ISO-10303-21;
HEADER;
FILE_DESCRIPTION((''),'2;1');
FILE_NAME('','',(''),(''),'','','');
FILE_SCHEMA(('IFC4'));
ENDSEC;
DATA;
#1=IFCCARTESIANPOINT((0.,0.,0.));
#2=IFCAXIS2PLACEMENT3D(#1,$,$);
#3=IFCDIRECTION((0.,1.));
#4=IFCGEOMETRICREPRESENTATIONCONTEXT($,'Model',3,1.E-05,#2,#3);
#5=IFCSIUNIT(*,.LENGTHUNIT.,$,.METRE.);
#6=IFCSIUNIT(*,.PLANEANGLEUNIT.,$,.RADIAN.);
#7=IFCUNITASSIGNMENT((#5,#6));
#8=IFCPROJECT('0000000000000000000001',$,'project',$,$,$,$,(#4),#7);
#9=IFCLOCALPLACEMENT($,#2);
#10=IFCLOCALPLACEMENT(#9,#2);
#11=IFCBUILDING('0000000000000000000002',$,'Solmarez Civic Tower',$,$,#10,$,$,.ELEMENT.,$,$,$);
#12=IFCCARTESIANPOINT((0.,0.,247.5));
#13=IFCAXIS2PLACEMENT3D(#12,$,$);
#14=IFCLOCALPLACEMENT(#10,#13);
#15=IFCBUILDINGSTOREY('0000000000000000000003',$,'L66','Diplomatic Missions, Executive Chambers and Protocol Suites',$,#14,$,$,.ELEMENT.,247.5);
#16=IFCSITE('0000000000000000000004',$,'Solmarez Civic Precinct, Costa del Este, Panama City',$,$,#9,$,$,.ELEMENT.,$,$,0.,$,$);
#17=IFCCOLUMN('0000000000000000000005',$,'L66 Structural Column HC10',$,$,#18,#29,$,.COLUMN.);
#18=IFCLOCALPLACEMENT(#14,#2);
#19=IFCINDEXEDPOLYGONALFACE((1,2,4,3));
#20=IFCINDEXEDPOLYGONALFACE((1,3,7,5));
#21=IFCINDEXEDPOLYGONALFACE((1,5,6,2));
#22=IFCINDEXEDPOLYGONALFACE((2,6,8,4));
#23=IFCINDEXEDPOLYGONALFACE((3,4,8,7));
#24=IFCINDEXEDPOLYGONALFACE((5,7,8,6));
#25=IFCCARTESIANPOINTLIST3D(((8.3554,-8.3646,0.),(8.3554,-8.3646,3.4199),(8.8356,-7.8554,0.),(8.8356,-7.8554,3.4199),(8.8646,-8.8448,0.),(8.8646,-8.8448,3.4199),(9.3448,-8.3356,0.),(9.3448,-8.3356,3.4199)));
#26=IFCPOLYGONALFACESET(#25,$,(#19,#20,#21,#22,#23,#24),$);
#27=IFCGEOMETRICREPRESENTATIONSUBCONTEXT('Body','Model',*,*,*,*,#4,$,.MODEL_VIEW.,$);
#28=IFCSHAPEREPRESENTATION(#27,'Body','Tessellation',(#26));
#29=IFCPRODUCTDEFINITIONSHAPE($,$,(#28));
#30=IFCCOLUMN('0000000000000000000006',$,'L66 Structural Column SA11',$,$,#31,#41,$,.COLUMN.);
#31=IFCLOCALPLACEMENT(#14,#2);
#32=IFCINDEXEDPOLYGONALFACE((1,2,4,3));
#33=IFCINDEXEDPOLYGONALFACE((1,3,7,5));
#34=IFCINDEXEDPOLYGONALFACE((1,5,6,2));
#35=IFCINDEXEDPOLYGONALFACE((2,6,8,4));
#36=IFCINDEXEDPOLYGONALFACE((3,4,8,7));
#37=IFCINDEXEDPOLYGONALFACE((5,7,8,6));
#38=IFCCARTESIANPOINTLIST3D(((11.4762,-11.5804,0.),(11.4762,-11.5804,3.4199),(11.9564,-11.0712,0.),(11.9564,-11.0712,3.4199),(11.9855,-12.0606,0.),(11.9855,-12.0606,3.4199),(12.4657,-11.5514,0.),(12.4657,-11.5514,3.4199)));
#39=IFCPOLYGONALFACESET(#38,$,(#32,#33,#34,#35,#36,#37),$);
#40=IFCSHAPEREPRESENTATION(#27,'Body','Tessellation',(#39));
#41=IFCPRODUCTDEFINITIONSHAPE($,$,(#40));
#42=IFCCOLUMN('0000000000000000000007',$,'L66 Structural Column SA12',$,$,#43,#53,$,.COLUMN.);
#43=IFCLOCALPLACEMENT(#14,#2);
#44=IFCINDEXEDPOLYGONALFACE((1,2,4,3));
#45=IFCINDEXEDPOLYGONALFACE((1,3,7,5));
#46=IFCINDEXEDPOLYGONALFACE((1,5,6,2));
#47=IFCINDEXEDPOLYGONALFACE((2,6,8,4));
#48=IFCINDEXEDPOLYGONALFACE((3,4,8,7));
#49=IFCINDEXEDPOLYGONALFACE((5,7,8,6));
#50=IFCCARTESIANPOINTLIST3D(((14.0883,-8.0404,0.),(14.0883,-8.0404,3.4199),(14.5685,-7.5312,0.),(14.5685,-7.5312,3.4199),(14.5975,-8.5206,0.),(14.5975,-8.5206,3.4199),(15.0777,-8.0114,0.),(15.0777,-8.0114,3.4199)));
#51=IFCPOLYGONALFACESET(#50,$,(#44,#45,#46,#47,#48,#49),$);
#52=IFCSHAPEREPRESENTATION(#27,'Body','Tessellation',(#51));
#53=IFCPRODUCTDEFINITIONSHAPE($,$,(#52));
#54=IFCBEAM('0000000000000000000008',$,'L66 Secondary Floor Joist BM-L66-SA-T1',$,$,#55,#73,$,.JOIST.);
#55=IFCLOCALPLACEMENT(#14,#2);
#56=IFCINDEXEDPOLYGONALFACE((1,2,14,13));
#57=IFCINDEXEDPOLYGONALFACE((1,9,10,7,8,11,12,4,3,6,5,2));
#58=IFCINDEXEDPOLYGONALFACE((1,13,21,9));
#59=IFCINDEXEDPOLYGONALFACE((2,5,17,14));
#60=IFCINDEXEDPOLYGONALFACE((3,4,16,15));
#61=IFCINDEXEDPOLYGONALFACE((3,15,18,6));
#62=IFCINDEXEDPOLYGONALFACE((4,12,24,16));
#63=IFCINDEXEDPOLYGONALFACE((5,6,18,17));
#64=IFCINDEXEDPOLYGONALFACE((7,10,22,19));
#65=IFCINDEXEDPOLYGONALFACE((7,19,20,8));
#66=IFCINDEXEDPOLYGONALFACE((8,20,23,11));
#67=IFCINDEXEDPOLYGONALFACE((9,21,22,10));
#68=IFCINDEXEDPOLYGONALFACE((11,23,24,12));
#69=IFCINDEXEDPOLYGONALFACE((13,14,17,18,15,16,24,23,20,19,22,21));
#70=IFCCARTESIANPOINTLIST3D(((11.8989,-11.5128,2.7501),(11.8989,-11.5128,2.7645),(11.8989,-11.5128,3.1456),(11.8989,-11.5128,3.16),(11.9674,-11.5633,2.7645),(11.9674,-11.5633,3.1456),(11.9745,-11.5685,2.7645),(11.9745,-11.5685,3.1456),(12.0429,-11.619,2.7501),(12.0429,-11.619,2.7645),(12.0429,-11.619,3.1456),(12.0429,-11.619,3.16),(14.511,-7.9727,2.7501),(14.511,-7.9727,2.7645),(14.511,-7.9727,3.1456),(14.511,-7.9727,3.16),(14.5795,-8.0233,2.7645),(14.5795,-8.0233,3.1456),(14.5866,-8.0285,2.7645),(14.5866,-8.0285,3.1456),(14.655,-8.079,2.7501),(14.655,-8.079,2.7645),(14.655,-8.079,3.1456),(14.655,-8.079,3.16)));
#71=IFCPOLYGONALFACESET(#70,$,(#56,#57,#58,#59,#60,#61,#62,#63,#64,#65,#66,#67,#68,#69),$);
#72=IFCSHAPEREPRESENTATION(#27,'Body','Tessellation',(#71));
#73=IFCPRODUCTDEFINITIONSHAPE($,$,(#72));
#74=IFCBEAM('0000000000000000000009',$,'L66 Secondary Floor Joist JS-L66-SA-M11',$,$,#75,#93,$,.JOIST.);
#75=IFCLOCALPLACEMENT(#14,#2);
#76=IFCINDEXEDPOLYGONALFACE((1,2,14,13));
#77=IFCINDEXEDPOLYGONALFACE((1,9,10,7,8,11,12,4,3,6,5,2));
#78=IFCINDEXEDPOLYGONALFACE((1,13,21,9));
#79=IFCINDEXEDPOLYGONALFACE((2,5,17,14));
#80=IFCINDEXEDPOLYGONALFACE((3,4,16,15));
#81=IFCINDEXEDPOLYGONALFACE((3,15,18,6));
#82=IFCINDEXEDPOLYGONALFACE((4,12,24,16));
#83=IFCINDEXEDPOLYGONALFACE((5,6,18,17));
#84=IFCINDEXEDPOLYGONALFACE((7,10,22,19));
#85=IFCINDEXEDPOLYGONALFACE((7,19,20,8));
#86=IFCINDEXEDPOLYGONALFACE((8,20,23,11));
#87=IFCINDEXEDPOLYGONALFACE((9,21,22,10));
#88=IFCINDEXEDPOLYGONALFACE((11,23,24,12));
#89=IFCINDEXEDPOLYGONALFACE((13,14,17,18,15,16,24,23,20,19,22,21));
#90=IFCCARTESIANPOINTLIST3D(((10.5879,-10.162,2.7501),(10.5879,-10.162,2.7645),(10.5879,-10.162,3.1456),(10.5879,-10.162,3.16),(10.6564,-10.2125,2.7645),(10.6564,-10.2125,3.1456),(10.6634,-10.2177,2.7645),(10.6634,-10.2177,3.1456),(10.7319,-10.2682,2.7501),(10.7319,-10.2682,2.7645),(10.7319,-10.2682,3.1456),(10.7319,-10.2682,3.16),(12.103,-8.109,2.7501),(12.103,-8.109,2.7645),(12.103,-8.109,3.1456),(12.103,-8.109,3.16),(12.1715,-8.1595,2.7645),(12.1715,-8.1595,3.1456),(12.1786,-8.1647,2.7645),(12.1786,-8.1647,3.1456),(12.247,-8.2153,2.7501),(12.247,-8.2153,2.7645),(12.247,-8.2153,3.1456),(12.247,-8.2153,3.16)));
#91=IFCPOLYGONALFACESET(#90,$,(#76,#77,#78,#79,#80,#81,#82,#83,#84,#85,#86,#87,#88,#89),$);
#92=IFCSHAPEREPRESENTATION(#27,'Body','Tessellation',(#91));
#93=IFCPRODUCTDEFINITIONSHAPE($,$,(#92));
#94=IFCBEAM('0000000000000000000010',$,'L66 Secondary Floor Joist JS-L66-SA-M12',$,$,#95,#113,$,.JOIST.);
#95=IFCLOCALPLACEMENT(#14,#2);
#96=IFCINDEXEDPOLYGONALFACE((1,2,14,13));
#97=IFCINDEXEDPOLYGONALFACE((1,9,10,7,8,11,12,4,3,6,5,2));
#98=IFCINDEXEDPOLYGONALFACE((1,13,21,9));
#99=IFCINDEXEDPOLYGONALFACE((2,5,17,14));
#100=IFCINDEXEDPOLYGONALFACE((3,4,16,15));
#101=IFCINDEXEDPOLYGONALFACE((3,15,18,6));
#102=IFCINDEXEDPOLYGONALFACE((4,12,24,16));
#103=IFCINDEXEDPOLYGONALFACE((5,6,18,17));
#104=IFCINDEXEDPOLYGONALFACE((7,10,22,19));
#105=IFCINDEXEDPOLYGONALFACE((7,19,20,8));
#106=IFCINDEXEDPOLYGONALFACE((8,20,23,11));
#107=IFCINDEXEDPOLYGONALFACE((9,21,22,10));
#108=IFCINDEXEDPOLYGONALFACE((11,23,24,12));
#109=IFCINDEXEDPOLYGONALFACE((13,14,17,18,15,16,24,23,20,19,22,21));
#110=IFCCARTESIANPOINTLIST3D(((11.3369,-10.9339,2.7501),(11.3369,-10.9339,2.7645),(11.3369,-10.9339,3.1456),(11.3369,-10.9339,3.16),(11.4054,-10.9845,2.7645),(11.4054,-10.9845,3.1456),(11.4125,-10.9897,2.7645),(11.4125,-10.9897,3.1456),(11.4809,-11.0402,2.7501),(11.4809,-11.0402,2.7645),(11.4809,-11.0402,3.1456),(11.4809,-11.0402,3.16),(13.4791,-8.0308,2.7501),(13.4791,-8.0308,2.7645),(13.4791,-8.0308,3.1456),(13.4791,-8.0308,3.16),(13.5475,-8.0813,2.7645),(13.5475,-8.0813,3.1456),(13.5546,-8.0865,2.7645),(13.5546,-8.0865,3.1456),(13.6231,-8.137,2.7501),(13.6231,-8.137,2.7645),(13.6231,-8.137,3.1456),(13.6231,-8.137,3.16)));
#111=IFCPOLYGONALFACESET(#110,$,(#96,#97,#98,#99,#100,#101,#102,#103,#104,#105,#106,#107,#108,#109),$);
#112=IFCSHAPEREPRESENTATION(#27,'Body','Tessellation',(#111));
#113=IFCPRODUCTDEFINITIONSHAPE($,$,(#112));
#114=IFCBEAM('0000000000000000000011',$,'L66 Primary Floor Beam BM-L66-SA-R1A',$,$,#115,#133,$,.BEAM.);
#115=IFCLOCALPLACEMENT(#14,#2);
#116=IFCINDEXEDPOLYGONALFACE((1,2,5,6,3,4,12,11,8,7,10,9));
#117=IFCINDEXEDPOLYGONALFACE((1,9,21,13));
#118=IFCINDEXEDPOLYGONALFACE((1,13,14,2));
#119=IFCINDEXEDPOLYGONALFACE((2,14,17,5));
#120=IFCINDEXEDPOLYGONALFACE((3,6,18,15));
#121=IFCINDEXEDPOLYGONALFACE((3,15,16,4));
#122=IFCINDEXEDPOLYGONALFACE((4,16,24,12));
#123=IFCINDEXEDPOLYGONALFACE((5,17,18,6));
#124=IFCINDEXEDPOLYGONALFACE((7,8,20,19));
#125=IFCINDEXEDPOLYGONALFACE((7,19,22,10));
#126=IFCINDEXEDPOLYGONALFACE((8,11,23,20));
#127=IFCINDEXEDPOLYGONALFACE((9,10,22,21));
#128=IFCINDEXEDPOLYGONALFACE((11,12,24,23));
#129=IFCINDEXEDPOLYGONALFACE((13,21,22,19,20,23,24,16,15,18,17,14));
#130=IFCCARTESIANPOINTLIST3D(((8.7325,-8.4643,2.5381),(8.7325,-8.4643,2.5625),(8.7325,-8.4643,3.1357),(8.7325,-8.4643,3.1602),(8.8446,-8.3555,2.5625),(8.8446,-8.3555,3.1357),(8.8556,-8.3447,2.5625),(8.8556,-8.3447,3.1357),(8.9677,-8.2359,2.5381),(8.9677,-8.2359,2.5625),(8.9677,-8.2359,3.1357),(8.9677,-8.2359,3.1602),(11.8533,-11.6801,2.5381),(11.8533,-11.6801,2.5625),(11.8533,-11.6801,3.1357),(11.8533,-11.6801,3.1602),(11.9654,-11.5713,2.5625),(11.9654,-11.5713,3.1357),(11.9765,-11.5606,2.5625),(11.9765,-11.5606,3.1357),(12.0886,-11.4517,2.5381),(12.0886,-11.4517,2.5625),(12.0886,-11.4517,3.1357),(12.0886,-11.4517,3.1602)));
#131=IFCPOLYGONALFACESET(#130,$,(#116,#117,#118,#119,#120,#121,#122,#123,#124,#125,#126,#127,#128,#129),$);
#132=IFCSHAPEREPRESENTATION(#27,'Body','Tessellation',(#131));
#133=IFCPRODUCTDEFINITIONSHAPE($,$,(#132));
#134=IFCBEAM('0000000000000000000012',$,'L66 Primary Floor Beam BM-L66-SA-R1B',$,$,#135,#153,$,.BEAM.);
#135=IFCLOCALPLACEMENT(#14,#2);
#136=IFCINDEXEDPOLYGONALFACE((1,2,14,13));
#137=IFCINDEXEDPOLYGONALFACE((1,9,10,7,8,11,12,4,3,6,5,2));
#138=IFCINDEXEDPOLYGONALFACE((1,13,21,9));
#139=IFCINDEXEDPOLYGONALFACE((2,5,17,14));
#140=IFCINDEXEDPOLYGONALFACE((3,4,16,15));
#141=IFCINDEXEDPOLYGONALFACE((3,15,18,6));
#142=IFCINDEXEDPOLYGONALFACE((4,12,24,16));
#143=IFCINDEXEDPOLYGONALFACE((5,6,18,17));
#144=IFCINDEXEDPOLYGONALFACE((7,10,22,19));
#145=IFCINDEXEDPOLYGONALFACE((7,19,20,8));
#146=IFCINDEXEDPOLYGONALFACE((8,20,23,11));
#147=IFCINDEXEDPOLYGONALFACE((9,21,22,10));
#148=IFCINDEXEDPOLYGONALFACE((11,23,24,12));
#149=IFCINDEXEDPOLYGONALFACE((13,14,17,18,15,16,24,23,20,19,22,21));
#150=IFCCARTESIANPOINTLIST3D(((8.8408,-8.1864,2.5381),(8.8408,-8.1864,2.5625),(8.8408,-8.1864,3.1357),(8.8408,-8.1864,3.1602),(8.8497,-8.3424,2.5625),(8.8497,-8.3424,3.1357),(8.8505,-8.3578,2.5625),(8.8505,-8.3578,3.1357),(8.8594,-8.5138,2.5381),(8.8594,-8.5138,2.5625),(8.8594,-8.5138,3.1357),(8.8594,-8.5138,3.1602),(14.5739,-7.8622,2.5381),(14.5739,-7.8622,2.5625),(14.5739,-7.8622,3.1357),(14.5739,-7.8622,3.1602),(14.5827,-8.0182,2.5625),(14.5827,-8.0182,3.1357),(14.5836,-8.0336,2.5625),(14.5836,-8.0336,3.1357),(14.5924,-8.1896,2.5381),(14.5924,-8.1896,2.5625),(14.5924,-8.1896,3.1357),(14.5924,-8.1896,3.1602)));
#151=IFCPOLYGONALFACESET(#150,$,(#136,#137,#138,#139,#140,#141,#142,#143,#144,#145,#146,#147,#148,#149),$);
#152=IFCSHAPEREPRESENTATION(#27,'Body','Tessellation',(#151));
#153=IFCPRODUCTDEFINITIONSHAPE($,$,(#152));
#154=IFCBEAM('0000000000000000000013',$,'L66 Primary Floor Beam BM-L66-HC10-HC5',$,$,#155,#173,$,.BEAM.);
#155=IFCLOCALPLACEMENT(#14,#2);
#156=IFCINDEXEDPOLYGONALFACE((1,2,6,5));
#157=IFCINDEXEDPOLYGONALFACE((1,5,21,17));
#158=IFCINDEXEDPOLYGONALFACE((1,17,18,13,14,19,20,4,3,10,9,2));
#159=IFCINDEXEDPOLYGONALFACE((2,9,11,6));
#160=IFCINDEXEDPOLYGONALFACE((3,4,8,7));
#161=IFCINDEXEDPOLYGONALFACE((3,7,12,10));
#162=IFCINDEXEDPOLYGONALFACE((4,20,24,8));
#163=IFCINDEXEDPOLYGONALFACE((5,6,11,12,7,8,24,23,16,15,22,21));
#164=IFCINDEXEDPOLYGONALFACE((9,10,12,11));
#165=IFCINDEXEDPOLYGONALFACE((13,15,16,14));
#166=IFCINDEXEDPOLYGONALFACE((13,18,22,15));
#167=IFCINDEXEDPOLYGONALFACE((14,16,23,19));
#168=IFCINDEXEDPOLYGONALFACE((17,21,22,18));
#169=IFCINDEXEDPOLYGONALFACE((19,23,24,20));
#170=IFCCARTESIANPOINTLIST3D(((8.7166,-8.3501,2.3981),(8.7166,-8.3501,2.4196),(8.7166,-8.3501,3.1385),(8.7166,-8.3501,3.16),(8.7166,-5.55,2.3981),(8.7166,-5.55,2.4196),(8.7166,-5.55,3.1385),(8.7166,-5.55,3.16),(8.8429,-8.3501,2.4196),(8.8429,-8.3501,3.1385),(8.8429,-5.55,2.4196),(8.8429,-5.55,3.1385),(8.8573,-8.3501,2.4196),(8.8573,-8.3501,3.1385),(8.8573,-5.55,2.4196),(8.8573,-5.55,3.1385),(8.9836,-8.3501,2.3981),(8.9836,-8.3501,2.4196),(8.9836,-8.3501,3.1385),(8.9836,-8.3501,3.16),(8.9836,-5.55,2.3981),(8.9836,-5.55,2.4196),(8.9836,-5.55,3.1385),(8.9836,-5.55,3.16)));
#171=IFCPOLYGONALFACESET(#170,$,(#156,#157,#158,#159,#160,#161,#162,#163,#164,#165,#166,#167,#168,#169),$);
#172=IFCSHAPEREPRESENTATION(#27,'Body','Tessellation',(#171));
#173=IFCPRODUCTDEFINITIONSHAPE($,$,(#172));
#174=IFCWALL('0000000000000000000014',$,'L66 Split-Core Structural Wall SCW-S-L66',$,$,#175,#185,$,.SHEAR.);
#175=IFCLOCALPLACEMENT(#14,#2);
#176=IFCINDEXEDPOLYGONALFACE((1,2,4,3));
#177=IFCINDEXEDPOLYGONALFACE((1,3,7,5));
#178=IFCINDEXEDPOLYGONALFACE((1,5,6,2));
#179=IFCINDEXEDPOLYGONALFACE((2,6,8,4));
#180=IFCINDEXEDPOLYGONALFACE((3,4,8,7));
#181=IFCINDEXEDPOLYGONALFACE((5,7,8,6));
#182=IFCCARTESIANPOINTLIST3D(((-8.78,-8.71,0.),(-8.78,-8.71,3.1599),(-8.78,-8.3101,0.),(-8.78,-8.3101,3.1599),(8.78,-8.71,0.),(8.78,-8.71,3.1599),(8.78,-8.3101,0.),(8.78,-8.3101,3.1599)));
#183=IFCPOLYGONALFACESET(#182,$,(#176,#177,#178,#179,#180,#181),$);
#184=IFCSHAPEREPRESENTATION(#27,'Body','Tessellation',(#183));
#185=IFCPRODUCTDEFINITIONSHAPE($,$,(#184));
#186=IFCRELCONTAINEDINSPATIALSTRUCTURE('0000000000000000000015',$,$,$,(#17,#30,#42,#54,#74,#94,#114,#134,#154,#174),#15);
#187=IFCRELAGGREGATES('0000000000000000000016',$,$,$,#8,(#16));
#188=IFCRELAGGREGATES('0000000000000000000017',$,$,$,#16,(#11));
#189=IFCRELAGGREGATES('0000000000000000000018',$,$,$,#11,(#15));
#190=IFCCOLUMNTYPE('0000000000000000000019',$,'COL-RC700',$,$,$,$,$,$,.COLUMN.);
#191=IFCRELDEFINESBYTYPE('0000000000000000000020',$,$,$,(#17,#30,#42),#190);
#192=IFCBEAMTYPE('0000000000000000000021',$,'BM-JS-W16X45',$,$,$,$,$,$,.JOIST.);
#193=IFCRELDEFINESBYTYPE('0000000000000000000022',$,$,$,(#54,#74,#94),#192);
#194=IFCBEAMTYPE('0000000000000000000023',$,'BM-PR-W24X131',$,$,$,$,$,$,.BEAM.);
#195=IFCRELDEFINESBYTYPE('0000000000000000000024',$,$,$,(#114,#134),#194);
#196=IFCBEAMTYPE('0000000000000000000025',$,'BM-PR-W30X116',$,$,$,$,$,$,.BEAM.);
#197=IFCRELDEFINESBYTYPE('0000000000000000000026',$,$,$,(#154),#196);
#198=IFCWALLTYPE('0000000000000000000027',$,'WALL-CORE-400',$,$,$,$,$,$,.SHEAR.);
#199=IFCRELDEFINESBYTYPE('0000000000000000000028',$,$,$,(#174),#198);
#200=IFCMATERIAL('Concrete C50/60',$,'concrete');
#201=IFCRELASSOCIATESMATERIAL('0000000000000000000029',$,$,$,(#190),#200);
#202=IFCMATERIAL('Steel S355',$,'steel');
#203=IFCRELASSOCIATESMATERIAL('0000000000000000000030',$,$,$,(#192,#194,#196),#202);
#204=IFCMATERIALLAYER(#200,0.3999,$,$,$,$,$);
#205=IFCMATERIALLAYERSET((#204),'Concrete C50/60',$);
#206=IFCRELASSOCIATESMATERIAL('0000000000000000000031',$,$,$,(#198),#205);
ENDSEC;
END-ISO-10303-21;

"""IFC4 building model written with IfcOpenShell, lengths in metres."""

from ifc_helpers import new_model, si_unit, direction, frame, frame_2d, origin, origin_2d, place, context, subcontext, project, spatial, rectangle, i_section, extrude, material, layer, layer_set, material_profile, profile_set, type_object, element, save


model = new_model("IFC4")

# Units and contexts
model_context = context("Model", 3, precision=1e-05, world=origin(), true_north=direction((0.0, 1.0)))
body_context = subcontext(model_context, "Body", "Model", "MODEL_VIEW")
ifc_project = project(units=[si_unit("LENGTHUNIT", "METRE"), si_unit("PLANEANGLEUNIT", "RADIAN")], contexts=[model_context])

# Site, building, storey
site_placement = place(None, origin())
site = spatial("IfcSite", under=ifc_project, at=site_placement, Name="Solmarez Civic Precinct, Costa del Este, Panama City", CompositionType="ELEMENT", RefElevation=0.0)
building_placement = place(site_placement, origin())
building = spatial("IfcBuilding", under=site, at=building_placement, Name="Solmarez Civic Tower", CompositionType="ELEMENT")
storey_placement = place(building_placement, frame((0.0, 0.0, 247.5)))
storey = spatial("IfcBuildingStorey", under=building, at=storey_placement, Name="L66", Description="Diplomatic Missions, Executive Chambers and Protocol Suites", CompositionType="ELEMENT", Elevation=247.5)

# Columns
ifc_material_1 = material(Name="Concrete C50/60", Category="concrete")
ifc_material_profile_1 = material_profile(ifc_material_1, rectangle(XDim=0.7, YDim=0.7, at=origin_2d()), Name="RC700X700")
ifc_profile_set_1 = profile_set([ifc_material_profile_1], Name="Concrete C50/60")
column_type = type_object("IfcColumnType", Name="COL-RC700", PredefinedType="COLUMN", material=ifc_profile_set_1)
for number, where, z_axis, x_axis, name in (
    (1, (8.8501, -8.3501, 0.0), (0.0, 0.0, 1.0), (0.686072, 0.727533, 0.0), "L66 Structural Column HC10"),
    (2, (11.9709, -11.5659, 0.0), (0.0, 0.0, 1.0), (0.686072, 0.727533, 0.0), "L66 Structural Column SA11"),
    (3, (14.583, -8.0259, 0.0), (0.0, 0.0, 1.0), (0.686072, 0.727533, 0.0), "L66 Structural Column SA12"),
):
    element("IfcColumn", number, at=place(storey_placement, frame(where, z_axis=z_axis, x_axis=x_axis)), inside=storey, type_object=column_type, Name=name, PredefinedType="COLUMN", context=body_context, shape_type="SweptSolid", body=[
        extrude(rectangle(XDim=0.7, YDim=0.7, at=origin_2d()), origin(), (0.0, 0.0, 1.0), 3.4199),
    ])

# Beams
ifc_material_2 = material(Name="Steel S355", Category="steel")
ifc_material_profile_2 = material_profile(ifc_material_2, i_section(OverallWidth=0.179, OverallDepth=0.4099, WebThickness=0.0088, FlangeThickness=0.0144, at=origin_2d()), Name="W16X45")
ifc_profile_set_2 = profile_set([ifc_material_profile_2], Name="Steel S355")
beam_type_1 = type_object("IfcBeamType", Name="BM-JS-W16X45", PredefinedType="JOIST", material=ifc_profile_set_2)
beam_1_placement = place(storey_placement, frame((11.9709, -11.5659, 2.9551), z_axis=(0.593731, 0.804664, 0.0), x_axis=(-0.804664, 0.593731, 0.0)))
element("IfcBeam", 4, at=beam_1_placement, inside=storey, type_object=beam_type_1, Name="L66 Secondary Floor Joist BM-L66-SA-T1", PredefinedType="JOIST", context=body_context, shape_type="SweptSolid", body=[
    extrude(i_section(OverallWidth=0.179, OverallDepth=0.4099, WebThickness=0.0088, FlangeThickness=0.0144, at=origin_2d()), origin(), (0.0, 0.0, 1.0), 4.3994),
])
beam_2_placement = place(storey_placement, frame((10.6599, -10.2151, 2.9551), z_axis=(0.593812, 0.804603, 0.0), x_axis=(-0.804603, 0.593812, 0.0)))
element("IfcBeam", 5, at=beam_2_placement, inside=storey, type_object=beam_type_1, Name="L66 Secondary Floor Joist JS-L66-SA-M11", PredefinedType="JOIST", context=body_context, shape_type="SweptSolid", body=[
    extrude(i_section(OverallWidth=0.179, OverallDepth=0.4099, WebThickness=0.0088, FlangeThickness=0.0144, at=origin_2d()), origin(), (0.0, 0.0, 1.0), 2.5515),
])
beam_3_placement = place(storey_placement, frame((11.4089, -10.9871, 2.9551), z_axis=(0.593734, 0.804661, 0.0), x_axis=(-0.804661, 0.593734, 0.0)))
element("IfcBeam", 6, at=beam_3_placement, inside=storey, type_object=beam_type_1, Name="L66 Secondary Floor Joist JS-L66-SA-M12", PredefinedType="JOIST", context=body_context, shape_type="SweptSolid", body=[
    extrude(i_section(OverallWidth=0.179, OverallDepth=0.4099, WebThickness=0.0088, FlangeThickness=0.0144, at=origin_2d()), origin(), (0.0, 0.0, 1.0), 3.6079),
])
ifc_material_profile_3 = material_profile(ifc_material_2, i_section(OverallWidth=0.3279, OverallDepth=0.6221, WebThickness=0.0154, FlangeThickness=0.0244, at=origin_2d()), Name="W24X131")
ifc_profile_set_3 = profile_set([ifc_material_profile_3], Name="Steel S355")
beam_type_2 = type_object("IfcBeamType", Name="BM-PR-W24X131", PredefinedType="BEAM", material=ifc_profile_set_3)
beam_4_placement = place(storey_placement, frame((8.8501, -8.3501, 2.8491), z_axis=(0.696431, -0.717624, 0.0), x_axis=(0.717624, 0.696431, 0.0)))
element("IfcBeam", 7, at=beam_4_placement, inside=storey, type_object=beam_type_2, Name="L66 Primary Floor Beam BM-L66-SA-R1A", PredefinedType="BEAM", context=body_context, shape_type="SweptSolid", body=[
    extrude(i_section(OverallWidth=0.3279, OverallDepth=0.6221, WebThickness=0.0154, FlangeThickness=0.0244, at=origin_2d()), origin(), (0.0, 0.0, 1.0), 4.4812),
])
beam_5_placement = place(storey_placement, frame((8.8501, -8.3501, 2.8491), z_axis=(0.998405, 0.056464, 0.0), x_axis=(-0.056464, 0.998405, 0.0)))
element("IfcBeam", 8, at=beam_5_placement, inside=storey, type_object=beam_type_2, Name="L66 Primary Floor Beam BM-L66-SA-R1B", PredefinedType="BEAM", context=body_context, shape_type="SweptSolid", body=[
    extrude(i_section(OverallWidth=0.3279, OverallDepth=0.6221, WebThickness=0.0154, FlangeThickness=0.0244, at=origin_2d()), origin(), (0.0, 0.0, 1.0), 5.7422),
])
ifc_material_profile_4 = material_profile(ifc_material_2, i_section(OverallWidth=0.2671, OverallDepth=0.762, WebThickness=0.0144, FlangeThickness=0.0215, at=origin_2d()), Name="W30X116")
ifc_profile_set_4 = profile_set([ifc_material_profile_4], Name="Steel S355")
beam_type_3 = type_object("IfcBeamType", Name="BM-PR-W30X116", PredefinedType="BEAM", material=ifc_profile_set_4)
beam_6_placement = place(storey_placement, frame((8.8501, -8.3501, 2.7791), z_axis=(0.0, 1.0, 0.0), x_axis=(-1.0, 0.0, 0.0)))
element("IfcBeam", 9, at=beam_6_placement, inside=storey, type_object=beam_type_3, Name="L66 Primary Floor Beam BM-L66-HC10-HC5", PredefinedType="BEAM", context=body_context, shape_type="SweptSolid", body=[
    extrude(i_section(OverallWidth=0.2671, OverallDepth=0.762, WebThickness=0.0144, FlangeThickness=0.0215, at=origin_2d()), origin(), (0.0, 0.0, 1.0), 2.8),
])

# Wall
ifc_layer_1 = layer(ifc_material_1, 0.3999)
ifc_layer_set_1 = layer_set([ifc_layer_1], Name="Concrete C50/60")
wall_type_1 = type_object("IfcWallType", Name="WALL-CORE-400", PredefinedType="SHEAR", material=ifc_layer_set_1)
wall_1_placement = place(storey_placement, frame((8.78, -8.51, 0.0), z_axis=(0.0, 0.0, 1.0), x_axis=(-1.0, 0.0, 0.0)))
element("IfcWall", 10, at=wall_1_placement, inside=storey, type_object=wall_type_1, Name="L66 Split-Core Structural Wall SCW-S-L66", PredefinedType="SHEAR", context=body_context, shape_type="SweptSolid", body=[
    extrude(rectangle(XDim=17.5601, YDim=0.3999, at=frame_2d((8.78, 0.0))), origin(), (0.0, 0.0, 1.0), 3.1599),
])

save(model, "model.ifc")
